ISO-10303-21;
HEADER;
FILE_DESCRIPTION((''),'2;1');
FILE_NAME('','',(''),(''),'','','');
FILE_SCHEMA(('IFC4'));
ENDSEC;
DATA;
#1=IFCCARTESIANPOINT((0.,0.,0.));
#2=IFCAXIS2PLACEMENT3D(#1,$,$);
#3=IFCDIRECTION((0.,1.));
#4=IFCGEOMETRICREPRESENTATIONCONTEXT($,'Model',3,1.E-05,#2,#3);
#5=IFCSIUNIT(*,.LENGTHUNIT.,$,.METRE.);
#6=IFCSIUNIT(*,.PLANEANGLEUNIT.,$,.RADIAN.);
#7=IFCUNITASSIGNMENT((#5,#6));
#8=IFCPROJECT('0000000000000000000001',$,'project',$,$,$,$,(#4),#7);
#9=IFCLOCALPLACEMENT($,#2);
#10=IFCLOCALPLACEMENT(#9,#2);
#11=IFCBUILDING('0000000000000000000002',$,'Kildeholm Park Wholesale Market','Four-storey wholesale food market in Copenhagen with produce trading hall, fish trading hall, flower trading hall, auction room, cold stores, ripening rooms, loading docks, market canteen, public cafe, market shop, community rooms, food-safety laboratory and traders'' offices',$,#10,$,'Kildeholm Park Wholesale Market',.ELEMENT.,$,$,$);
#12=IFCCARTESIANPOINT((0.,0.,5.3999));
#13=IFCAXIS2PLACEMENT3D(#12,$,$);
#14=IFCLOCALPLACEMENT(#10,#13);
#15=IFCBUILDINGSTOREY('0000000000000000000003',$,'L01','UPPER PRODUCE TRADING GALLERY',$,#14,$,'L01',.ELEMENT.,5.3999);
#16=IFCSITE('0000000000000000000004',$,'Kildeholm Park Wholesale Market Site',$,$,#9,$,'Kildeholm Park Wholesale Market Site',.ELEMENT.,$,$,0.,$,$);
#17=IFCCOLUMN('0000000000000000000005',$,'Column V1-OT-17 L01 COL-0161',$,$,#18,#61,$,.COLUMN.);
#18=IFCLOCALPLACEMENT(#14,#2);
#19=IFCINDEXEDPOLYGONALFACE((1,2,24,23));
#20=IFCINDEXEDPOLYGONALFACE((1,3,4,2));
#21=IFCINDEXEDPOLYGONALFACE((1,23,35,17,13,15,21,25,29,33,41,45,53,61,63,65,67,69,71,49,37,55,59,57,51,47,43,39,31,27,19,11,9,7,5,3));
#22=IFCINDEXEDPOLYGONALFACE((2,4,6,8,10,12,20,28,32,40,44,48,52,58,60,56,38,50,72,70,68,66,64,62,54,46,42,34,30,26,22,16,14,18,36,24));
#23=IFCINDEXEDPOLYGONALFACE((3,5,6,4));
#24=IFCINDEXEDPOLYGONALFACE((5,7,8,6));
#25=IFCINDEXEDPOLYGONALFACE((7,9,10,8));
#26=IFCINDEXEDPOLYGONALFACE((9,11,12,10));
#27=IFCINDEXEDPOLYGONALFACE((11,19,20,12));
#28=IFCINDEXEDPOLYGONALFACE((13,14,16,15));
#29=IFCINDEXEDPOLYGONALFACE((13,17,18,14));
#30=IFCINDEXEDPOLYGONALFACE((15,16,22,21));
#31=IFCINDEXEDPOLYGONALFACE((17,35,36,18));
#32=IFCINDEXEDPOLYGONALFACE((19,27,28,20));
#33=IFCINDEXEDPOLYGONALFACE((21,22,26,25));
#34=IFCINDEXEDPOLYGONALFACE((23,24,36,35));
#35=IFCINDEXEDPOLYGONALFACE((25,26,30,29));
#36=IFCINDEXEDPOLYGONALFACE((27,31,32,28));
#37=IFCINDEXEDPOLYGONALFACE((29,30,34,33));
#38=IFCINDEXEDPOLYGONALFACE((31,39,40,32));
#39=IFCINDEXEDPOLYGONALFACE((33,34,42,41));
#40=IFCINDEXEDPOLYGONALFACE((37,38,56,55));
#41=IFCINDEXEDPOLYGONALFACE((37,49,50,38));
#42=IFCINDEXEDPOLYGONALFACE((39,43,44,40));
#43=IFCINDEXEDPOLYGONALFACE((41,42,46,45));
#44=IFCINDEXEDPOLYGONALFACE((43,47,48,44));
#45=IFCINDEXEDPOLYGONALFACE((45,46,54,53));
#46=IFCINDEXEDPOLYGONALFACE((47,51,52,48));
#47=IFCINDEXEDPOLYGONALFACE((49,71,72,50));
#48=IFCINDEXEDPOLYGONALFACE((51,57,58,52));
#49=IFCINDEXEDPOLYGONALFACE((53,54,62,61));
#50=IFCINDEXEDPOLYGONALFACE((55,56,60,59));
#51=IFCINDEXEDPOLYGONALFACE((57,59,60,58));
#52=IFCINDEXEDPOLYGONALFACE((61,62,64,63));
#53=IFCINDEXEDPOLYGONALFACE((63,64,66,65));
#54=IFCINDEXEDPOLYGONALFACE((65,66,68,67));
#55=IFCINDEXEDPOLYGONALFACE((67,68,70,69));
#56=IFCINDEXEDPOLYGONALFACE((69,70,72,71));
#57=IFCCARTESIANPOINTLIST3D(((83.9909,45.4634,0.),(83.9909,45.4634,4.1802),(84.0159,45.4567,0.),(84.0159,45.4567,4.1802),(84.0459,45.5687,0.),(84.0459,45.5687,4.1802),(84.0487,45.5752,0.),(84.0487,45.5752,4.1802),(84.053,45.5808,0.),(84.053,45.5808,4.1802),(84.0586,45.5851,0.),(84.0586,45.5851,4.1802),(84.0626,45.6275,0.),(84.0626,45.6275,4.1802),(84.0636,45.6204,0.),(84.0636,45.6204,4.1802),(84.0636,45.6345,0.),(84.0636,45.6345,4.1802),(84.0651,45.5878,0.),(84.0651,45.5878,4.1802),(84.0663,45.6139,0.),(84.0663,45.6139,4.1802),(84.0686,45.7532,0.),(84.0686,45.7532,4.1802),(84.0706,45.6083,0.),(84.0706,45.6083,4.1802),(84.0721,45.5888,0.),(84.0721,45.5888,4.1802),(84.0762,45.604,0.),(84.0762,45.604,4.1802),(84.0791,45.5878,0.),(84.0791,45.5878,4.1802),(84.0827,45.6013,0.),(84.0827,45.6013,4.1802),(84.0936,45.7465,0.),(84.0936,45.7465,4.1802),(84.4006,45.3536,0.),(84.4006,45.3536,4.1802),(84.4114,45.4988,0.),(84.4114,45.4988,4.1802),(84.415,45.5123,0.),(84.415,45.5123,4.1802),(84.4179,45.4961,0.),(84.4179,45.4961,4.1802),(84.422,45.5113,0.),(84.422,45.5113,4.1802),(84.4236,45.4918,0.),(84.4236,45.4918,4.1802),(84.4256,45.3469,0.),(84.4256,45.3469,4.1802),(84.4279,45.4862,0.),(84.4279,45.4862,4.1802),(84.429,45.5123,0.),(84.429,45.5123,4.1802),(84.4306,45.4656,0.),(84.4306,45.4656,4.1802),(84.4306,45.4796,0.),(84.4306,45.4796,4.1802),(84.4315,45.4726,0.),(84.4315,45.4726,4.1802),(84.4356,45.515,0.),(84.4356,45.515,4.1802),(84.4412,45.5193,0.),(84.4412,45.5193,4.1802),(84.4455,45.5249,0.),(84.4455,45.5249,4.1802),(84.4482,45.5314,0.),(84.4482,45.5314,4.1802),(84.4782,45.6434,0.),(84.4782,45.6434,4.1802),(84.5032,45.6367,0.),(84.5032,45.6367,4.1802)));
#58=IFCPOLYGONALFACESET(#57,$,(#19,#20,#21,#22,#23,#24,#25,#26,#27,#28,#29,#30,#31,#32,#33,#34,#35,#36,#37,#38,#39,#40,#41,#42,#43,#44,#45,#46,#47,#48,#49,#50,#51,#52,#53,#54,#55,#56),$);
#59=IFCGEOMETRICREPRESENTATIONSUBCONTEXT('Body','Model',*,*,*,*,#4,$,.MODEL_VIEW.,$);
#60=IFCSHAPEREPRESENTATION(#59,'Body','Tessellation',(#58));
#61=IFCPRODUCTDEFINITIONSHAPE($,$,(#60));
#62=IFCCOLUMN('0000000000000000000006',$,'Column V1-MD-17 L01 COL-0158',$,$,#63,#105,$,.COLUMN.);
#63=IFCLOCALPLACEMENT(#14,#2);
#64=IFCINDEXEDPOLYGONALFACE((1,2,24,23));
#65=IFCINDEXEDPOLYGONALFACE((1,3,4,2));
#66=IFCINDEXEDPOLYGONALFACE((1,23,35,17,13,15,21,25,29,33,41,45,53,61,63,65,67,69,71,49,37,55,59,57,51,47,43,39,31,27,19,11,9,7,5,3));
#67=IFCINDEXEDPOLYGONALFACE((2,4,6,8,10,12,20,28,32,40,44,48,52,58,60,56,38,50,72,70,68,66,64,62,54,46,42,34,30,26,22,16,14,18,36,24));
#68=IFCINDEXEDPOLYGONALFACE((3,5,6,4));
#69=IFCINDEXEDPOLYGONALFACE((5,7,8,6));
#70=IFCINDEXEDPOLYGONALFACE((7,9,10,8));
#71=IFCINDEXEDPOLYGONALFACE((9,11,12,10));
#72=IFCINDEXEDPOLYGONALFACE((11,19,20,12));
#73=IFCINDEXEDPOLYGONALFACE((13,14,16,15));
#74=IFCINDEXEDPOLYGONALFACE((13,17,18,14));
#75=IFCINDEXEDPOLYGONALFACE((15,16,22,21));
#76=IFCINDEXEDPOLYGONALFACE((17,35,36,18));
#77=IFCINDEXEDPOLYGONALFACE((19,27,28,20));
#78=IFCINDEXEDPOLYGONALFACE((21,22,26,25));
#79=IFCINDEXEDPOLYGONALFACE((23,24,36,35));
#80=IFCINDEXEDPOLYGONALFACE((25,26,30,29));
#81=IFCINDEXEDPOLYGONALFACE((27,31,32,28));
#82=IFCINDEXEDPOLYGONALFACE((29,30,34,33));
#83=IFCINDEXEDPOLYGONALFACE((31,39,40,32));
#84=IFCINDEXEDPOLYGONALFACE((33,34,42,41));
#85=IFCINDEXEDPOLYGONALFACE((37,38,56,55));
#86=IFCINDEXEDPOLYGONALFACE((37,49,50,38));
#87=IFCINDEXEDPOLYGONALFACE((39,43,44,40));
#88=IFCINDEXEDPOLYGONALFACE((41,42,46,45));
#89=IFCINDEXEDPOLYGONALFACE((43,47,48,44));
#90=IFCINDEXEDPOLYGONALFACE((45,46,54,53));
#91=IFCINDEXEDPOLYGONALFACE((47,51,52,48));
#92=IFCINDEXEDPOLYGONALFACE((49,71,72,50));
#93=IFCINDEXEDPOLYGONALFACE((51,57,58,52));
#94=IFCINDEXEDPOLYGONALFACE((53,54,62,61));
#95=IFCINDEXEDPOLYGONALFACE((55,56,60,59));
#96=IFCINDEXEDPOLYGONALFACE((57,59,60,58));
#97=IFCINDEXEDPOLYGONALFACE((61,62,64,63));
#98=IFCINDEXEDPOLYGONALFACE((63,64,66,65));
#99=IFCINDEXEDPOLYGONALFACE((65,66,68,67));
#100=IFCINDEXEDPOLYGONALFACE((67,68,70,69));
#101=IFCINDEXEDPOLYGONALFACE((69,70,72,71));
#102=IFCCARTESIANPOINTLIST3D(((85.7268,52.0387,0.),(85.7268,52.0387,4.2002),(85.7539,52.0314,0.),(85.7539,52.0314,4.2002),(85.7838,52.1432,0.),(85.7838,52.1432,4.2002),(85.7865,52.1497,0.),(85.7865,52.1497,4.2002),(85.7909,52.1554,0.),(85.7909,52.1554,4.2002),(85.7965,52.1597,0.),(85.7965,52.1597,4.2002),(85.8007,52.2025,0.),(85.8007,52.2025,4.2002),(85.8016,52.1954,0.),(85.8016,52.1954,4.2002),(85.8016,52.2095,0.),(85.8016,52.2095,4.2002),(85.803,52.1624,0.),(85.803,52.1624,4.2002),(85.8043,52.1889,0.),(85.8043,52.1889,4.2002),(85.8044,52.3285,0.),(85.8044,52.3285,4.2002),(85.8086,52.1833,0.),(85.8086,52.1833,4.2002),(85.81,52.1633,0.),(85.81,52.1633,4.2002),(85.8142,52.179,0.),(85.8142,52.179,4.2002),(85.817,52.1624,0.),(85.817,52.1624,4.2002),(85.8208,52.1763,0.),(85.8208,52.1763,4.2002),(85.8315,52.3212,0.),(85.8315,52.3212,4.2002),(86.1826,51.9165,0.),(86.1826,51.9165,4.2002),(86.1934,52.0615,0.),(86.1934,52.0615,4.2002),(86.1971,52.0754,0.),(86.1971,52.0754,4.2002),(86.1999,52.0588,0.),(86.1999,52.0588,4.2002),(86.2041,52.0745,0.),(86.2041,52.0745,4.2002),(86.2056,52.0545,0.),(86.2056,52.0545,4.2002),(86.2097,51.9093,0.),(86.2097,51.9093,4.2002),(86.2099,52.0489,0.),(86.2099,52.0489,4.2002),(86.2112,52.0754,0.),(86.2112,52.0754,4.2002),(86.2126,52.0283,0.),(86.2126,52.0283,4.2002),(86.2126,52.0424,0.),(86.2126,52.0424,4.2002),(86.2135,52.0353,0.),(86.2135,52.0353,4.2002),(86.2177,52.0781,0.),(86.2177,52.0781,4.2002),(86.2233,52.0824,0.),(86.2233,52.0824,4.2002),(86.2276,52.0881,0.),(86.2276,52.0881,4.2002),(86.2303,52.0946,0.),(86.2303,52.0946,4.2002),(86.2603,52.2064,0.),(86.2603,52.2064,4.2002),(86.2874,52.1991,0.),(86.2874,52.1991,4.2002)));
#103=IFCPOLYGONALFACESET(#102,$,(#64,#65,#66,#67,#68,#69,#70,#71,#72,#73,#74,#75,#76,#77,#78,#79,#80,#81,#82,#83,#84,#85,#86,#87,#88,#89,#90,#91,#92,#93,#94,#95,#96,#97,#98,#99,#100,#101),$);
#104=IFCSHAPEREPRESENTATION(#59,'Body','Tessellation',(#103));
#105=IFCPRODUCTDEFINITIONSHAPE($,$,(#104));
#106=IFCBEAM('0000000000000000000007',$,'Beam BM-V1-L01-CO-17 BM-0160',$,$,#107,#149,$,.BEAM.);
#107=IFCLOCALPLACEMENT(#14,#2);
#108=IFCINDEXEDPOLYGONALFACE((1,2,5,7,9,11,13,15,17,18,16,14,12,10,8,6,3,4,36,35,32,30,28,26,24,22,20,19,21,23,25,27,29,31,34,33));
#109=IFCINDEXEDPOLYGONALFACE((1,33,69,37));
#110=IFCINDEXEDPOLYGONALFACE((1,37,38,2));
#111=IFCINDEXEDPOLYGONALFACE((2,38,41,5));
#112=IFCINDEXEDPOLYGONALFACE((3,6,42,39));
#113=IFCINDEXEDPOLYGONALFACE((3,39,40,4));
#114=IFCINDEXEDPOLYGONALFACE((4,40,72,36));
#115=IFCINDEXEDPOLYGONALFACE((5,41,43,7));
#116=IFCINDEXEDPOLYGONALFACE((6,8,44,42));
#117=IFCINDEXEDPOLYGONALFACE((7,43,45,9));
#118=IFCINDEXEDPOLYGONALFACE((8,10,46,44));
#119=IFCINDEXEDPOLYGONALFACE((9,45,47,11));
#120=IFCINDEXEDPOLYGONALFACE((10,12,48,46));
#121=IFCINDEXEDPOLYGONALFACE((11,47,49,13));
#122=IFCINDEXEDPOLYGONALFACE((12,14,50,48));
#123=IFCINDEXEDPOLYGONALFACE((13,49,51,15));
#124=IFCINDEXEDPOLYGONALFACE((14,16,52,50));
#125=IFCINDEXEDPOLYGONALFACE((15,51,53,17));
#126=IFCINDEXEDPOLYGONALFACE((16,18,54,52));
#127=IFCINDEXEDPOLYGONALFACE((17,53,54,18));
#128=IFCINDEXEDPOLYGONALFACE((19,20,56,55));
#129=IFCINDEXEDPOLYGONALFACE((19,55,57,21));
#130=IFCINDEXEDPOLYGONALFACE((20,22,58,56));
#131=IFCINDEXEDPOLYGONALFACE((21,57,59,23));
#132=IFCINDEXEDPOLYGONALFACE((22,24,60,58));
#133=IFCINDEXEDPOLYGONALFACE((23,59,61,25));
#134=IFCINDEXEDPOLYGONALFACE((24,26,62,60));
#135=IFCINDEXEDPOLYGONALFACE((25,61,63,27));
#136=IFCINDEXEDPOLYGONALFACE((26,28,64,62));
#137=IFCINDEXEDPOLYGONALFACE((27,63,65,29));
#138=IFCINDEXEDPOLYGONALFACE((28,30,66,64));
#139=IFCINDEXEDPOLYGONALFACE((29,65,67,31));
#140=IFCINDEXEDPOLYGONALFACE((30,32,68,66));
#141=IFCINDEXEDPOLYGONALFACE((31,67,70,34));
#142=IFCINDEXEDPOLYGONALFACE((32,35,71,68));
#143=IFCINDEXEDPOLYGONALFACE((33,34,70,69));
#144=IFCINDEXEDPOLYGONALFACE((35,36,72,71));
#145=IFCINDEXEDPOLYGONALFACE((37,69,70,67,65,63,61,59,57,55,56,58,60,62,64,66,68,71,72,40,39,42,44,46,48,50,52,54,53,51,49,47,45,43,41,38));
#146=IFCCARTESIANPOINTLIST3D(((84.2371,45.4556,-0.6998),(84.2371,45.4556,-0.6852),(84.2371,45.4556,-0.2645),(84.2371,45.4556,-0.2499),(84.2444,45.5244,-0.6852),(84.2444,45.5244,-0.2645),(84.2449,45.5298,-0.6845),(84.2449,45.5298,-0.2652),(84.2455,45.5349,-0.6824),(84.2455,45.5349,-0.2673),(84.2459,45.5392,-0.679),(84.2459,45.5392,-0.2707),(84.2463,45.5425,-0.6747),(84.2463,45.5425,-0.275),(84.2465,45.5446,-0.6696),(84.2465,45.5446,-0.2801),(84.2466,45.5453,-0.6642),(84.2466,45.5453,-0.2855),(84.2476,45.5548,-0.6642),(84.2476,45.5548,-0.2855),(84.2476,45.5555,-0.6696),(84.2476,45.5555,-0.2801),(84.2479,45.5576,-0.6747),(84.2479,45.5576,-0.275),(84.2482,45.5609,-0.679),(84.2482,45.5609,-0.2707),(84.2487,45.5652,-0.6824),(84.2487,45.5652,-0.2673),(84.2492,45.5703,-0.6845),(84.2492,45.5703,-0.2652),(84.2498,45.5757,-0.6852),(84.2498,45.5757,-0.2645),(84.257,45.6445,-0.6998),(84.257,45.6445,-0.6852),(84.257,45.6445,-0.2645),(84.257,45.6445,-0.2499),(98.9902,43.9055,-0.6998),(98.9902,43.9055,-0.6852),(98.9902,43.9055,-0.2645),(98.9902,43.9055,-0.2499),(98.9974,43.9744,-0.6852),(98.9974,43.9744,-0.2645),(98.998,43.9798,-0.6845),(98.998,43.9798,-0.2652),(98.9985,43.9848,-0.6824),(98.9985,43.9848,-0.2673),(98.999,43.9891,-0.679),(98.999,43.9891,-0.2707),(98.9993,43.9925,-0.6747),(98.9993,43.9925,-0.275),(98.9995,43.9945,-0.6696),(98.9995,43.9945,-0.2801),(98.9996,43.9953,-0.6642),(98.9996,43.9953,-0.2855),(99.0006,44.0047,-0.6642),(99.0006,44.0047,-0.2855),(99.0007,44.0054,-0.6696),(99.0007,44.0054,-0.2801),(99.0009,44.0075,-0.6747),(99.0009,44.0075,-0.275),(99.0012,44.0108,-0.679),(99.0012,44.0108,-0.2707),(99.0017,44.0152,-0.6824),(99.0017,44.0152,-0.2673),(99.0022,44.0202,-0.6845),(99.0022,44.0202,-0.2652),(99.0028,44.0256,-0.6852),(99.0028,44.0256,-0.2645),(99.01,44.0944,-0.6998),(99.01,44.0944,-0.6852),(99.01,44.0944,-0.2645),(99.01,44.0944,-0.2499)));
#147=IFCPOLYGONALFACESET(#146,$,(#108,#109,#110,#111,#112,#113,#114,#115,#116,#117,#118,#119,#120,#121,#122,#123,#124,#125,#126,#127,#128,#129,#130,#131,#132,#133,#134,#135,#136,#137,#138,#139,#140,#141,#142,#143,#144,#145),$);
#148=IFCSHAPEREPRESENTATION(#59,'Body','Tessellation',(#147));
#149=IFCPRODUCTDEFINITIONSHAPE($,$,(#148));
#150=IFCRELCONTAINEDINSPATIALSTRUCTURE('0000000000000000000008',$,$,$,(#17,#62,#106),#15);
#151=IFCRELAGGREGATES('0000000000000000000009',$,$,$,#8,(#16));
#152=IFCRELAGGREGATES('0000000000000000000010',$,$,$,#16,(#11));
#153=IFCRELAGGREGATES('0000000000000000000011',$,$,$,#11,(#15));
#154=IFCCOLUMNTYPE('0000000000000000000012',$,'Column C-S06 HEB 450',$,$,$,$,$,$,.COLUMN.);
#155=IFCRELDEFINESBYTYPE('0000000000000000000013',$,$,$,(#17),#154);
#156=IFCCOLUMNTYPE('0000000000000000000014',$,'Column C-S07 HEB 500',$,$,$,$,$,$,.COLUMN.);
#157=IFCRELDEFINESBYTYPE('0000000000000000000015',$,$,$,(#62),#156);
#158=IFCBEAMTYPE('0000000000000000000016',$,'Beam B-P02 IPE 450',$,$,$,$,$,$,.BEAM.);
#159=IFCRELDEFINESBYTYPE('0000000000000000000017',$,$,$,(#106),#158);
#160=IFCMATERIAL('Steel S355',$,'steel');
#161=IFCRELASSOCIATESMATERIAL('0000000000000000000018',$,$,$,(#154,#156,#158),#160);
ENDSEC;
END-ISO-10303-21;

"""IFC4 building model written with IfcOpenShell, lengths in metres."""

from ifc_helpers import new_model, si_unit, direction, frame, origin, origin_2d, place, context, subcontext, project, spatial, i_section, extrude, material, material_profile, profile_set, type_object, element, save


model = new_model("IFC4")

# Units and contexts
model_context = context("Model", 3, precision=1e-05, world=origin(), true_north=direction((0.0, 1.0)))
body_context = subcontext(model_context, "Body", "Model", "MODEL_VIEW")
ifc_project = project(units=[si_unit("LENGTHUNIT", "METRE"), si_unit("PLANEANGLEUNIT", "RADIAN")], contexts=[model_context])

# Site, building, storey
site_placement = place(None, origin())
site = spatial("IfcSite", under=ifc_project, at=site_placement, Name="Kildeholm Park Wholesale Market Site", LongName="Kildeholm Park Wholesale Market Site", CompositionType="ELEMENT", RefElevation=0.0)
building_placement = place(site_placement, origin())
building = spatial("IfcBuilding", under=site, at=building_placement, Name="Kildeholm Park Wholesale Market", Description="Four-storey wholesale food market in Copenhagen with produce trading hall, fish trading hall, flower trading hall, auction room, cold stores, ripening rooms, loading docks, market canteen, public cafe, market shop, community rooms, food-safety laboratory and traders' offices", LongName="Kildeholm Park Wholesale Market", CompositionType="ELEMENT")
storey_placement = place(building_placement, frame((0.0, 0.0, 5.3999)))
storey = spatial("IfcBuildingStorey", under=building, at=storey_placement, Name="L01", Description="UPPER PRODUCE TRADING GALLERY", LongName="L01", CompositionType="ELEMENT", Elevation=5.3999)

# Columns
ifc_material_1 = material(Name="Steel S355", Category="steel")
ifc_material_profile_1 = material_profile(ifc_material_1, i_section(OverallWidth=0.3, OverallDepth=0.45, WebThickness=0.0139, FlangeThickness=0.0259, FilletRadius=0.0271, at=origin_2d()), Name="HEB 450")
ifc_profile_set_1 = profile_set([ifc_material_profile_1], Name="Steel S355")
column_type_1 = type_object("IfcColumnType", Name="Column C-S06 HEB 450", PredefinedType="COLUMN", material=ifc_profile_set_1)
column_1_placement = place(storey_placement, frame((84.2471, 45.55, 0.0), z_axis=(0.0, 0.0, 1.0), x_axis=(-0.258819, -0.965926, 0.0)))
element("IfcColumn", 1, at=column_1_placement, inside=storey, type_object=column_type_1, Name="Column V1-OT-17 L01 COL-0161", PredefinedType="COLUMN", context=body_context, shape_type="SweptSolid", body=[
    extrude(i_section(OverallWidth=0.3, OverallDepth=0.45, WebThickness=0.0139, FlangeThickness=0.0259, FilletRadius=0.0271, at=origin_2d()), origin(), (0.0, 0.0, 1.0), 4.1802),
])
ifc_material_profile_2 = material_profile(ifc_material_1, i_section(OverallWidth=0.3, OverallDepth=0.5, WebThickness=0.0144, FlangeThickness=0.0281, FilletRadius=0.0271, at=origin_2d()), Name="HEB 500")
ifc_profile_set_2 = profile_set([ifc_material_profile_2], Name="Steel S355")
column_type_2 = type_object("IfcColumnType", Name="Column C-S07 HEB 500", PredefinedType="COLUMN", material=ifc_profile_set_2)
column_2_placement = place(storey_placement, frame((86.0071, 52.1189, 0.0), z_axis=(0.0, 0.0, 1.0), x_axis=(-0.258819, -0.965926, 0.0)))
element("IfcColumn", 2, at=column_2_placement, inside=storey, type_object=column_type_2, Name="Column V1-MD-17 L01 COL-0158", PredefinedType="COLUMN", context=body_context, shape_type="SweptSolid", body=[
    extrude(i_section(OverallWidth=0.3, OverallDepth=0.5, WebThickness=0.0144, FlangeThickness=0.0281, FilletRadius=0.0271, at=origin_2d()), origin(), (0.0, 0.0, 1.0), 4.2002),
])

# Beam
ifc_material_profile_3 = material_profile(ifc_material_1, i_section(OverallWidth=0.1899, OverallDepth=0.45, WebThickness=0.0095, FlangeThickness=0.0146, FilletRadius=0.021, at=origin_2d()), Name="IPE 450")
ifc_profile_set_3 = profile_set([ifc_material_profile_3], Name="Steel S355")
beam_type_1 = type_object("IfcBeamType", Name="Beam B-P02 IPE 450", PredefinedType="BEAM", material=ifc_profile_set_3)
beam_1_placement = place(storey_placement, frame((84.2471, 45.55, -0.4749), z_axis=(0.994526, -0.104492, 0.0), x_axis=(0.104492, 0.994526, 0.0)))
element("IfcBeam", 3, at=beam_1_placement, inside=storey, type_object=beam_type_1, Name="Beam BM-V1-L01-CO-17 BM-0160", PredefinedType="BEAM", context=body_context, shape_type="SweptSolid", body=[
    extrude(i_section(OverallWidth=0.1899, OverallDepth=0.45, WebThickness=0.0095, FlangeThickness=0.0146, FilletRadius=0.021, at=origin_2d()), origin(), (0.0, 0.0, 1.0), 14.8342),
])

save(model, "model.ifc")
